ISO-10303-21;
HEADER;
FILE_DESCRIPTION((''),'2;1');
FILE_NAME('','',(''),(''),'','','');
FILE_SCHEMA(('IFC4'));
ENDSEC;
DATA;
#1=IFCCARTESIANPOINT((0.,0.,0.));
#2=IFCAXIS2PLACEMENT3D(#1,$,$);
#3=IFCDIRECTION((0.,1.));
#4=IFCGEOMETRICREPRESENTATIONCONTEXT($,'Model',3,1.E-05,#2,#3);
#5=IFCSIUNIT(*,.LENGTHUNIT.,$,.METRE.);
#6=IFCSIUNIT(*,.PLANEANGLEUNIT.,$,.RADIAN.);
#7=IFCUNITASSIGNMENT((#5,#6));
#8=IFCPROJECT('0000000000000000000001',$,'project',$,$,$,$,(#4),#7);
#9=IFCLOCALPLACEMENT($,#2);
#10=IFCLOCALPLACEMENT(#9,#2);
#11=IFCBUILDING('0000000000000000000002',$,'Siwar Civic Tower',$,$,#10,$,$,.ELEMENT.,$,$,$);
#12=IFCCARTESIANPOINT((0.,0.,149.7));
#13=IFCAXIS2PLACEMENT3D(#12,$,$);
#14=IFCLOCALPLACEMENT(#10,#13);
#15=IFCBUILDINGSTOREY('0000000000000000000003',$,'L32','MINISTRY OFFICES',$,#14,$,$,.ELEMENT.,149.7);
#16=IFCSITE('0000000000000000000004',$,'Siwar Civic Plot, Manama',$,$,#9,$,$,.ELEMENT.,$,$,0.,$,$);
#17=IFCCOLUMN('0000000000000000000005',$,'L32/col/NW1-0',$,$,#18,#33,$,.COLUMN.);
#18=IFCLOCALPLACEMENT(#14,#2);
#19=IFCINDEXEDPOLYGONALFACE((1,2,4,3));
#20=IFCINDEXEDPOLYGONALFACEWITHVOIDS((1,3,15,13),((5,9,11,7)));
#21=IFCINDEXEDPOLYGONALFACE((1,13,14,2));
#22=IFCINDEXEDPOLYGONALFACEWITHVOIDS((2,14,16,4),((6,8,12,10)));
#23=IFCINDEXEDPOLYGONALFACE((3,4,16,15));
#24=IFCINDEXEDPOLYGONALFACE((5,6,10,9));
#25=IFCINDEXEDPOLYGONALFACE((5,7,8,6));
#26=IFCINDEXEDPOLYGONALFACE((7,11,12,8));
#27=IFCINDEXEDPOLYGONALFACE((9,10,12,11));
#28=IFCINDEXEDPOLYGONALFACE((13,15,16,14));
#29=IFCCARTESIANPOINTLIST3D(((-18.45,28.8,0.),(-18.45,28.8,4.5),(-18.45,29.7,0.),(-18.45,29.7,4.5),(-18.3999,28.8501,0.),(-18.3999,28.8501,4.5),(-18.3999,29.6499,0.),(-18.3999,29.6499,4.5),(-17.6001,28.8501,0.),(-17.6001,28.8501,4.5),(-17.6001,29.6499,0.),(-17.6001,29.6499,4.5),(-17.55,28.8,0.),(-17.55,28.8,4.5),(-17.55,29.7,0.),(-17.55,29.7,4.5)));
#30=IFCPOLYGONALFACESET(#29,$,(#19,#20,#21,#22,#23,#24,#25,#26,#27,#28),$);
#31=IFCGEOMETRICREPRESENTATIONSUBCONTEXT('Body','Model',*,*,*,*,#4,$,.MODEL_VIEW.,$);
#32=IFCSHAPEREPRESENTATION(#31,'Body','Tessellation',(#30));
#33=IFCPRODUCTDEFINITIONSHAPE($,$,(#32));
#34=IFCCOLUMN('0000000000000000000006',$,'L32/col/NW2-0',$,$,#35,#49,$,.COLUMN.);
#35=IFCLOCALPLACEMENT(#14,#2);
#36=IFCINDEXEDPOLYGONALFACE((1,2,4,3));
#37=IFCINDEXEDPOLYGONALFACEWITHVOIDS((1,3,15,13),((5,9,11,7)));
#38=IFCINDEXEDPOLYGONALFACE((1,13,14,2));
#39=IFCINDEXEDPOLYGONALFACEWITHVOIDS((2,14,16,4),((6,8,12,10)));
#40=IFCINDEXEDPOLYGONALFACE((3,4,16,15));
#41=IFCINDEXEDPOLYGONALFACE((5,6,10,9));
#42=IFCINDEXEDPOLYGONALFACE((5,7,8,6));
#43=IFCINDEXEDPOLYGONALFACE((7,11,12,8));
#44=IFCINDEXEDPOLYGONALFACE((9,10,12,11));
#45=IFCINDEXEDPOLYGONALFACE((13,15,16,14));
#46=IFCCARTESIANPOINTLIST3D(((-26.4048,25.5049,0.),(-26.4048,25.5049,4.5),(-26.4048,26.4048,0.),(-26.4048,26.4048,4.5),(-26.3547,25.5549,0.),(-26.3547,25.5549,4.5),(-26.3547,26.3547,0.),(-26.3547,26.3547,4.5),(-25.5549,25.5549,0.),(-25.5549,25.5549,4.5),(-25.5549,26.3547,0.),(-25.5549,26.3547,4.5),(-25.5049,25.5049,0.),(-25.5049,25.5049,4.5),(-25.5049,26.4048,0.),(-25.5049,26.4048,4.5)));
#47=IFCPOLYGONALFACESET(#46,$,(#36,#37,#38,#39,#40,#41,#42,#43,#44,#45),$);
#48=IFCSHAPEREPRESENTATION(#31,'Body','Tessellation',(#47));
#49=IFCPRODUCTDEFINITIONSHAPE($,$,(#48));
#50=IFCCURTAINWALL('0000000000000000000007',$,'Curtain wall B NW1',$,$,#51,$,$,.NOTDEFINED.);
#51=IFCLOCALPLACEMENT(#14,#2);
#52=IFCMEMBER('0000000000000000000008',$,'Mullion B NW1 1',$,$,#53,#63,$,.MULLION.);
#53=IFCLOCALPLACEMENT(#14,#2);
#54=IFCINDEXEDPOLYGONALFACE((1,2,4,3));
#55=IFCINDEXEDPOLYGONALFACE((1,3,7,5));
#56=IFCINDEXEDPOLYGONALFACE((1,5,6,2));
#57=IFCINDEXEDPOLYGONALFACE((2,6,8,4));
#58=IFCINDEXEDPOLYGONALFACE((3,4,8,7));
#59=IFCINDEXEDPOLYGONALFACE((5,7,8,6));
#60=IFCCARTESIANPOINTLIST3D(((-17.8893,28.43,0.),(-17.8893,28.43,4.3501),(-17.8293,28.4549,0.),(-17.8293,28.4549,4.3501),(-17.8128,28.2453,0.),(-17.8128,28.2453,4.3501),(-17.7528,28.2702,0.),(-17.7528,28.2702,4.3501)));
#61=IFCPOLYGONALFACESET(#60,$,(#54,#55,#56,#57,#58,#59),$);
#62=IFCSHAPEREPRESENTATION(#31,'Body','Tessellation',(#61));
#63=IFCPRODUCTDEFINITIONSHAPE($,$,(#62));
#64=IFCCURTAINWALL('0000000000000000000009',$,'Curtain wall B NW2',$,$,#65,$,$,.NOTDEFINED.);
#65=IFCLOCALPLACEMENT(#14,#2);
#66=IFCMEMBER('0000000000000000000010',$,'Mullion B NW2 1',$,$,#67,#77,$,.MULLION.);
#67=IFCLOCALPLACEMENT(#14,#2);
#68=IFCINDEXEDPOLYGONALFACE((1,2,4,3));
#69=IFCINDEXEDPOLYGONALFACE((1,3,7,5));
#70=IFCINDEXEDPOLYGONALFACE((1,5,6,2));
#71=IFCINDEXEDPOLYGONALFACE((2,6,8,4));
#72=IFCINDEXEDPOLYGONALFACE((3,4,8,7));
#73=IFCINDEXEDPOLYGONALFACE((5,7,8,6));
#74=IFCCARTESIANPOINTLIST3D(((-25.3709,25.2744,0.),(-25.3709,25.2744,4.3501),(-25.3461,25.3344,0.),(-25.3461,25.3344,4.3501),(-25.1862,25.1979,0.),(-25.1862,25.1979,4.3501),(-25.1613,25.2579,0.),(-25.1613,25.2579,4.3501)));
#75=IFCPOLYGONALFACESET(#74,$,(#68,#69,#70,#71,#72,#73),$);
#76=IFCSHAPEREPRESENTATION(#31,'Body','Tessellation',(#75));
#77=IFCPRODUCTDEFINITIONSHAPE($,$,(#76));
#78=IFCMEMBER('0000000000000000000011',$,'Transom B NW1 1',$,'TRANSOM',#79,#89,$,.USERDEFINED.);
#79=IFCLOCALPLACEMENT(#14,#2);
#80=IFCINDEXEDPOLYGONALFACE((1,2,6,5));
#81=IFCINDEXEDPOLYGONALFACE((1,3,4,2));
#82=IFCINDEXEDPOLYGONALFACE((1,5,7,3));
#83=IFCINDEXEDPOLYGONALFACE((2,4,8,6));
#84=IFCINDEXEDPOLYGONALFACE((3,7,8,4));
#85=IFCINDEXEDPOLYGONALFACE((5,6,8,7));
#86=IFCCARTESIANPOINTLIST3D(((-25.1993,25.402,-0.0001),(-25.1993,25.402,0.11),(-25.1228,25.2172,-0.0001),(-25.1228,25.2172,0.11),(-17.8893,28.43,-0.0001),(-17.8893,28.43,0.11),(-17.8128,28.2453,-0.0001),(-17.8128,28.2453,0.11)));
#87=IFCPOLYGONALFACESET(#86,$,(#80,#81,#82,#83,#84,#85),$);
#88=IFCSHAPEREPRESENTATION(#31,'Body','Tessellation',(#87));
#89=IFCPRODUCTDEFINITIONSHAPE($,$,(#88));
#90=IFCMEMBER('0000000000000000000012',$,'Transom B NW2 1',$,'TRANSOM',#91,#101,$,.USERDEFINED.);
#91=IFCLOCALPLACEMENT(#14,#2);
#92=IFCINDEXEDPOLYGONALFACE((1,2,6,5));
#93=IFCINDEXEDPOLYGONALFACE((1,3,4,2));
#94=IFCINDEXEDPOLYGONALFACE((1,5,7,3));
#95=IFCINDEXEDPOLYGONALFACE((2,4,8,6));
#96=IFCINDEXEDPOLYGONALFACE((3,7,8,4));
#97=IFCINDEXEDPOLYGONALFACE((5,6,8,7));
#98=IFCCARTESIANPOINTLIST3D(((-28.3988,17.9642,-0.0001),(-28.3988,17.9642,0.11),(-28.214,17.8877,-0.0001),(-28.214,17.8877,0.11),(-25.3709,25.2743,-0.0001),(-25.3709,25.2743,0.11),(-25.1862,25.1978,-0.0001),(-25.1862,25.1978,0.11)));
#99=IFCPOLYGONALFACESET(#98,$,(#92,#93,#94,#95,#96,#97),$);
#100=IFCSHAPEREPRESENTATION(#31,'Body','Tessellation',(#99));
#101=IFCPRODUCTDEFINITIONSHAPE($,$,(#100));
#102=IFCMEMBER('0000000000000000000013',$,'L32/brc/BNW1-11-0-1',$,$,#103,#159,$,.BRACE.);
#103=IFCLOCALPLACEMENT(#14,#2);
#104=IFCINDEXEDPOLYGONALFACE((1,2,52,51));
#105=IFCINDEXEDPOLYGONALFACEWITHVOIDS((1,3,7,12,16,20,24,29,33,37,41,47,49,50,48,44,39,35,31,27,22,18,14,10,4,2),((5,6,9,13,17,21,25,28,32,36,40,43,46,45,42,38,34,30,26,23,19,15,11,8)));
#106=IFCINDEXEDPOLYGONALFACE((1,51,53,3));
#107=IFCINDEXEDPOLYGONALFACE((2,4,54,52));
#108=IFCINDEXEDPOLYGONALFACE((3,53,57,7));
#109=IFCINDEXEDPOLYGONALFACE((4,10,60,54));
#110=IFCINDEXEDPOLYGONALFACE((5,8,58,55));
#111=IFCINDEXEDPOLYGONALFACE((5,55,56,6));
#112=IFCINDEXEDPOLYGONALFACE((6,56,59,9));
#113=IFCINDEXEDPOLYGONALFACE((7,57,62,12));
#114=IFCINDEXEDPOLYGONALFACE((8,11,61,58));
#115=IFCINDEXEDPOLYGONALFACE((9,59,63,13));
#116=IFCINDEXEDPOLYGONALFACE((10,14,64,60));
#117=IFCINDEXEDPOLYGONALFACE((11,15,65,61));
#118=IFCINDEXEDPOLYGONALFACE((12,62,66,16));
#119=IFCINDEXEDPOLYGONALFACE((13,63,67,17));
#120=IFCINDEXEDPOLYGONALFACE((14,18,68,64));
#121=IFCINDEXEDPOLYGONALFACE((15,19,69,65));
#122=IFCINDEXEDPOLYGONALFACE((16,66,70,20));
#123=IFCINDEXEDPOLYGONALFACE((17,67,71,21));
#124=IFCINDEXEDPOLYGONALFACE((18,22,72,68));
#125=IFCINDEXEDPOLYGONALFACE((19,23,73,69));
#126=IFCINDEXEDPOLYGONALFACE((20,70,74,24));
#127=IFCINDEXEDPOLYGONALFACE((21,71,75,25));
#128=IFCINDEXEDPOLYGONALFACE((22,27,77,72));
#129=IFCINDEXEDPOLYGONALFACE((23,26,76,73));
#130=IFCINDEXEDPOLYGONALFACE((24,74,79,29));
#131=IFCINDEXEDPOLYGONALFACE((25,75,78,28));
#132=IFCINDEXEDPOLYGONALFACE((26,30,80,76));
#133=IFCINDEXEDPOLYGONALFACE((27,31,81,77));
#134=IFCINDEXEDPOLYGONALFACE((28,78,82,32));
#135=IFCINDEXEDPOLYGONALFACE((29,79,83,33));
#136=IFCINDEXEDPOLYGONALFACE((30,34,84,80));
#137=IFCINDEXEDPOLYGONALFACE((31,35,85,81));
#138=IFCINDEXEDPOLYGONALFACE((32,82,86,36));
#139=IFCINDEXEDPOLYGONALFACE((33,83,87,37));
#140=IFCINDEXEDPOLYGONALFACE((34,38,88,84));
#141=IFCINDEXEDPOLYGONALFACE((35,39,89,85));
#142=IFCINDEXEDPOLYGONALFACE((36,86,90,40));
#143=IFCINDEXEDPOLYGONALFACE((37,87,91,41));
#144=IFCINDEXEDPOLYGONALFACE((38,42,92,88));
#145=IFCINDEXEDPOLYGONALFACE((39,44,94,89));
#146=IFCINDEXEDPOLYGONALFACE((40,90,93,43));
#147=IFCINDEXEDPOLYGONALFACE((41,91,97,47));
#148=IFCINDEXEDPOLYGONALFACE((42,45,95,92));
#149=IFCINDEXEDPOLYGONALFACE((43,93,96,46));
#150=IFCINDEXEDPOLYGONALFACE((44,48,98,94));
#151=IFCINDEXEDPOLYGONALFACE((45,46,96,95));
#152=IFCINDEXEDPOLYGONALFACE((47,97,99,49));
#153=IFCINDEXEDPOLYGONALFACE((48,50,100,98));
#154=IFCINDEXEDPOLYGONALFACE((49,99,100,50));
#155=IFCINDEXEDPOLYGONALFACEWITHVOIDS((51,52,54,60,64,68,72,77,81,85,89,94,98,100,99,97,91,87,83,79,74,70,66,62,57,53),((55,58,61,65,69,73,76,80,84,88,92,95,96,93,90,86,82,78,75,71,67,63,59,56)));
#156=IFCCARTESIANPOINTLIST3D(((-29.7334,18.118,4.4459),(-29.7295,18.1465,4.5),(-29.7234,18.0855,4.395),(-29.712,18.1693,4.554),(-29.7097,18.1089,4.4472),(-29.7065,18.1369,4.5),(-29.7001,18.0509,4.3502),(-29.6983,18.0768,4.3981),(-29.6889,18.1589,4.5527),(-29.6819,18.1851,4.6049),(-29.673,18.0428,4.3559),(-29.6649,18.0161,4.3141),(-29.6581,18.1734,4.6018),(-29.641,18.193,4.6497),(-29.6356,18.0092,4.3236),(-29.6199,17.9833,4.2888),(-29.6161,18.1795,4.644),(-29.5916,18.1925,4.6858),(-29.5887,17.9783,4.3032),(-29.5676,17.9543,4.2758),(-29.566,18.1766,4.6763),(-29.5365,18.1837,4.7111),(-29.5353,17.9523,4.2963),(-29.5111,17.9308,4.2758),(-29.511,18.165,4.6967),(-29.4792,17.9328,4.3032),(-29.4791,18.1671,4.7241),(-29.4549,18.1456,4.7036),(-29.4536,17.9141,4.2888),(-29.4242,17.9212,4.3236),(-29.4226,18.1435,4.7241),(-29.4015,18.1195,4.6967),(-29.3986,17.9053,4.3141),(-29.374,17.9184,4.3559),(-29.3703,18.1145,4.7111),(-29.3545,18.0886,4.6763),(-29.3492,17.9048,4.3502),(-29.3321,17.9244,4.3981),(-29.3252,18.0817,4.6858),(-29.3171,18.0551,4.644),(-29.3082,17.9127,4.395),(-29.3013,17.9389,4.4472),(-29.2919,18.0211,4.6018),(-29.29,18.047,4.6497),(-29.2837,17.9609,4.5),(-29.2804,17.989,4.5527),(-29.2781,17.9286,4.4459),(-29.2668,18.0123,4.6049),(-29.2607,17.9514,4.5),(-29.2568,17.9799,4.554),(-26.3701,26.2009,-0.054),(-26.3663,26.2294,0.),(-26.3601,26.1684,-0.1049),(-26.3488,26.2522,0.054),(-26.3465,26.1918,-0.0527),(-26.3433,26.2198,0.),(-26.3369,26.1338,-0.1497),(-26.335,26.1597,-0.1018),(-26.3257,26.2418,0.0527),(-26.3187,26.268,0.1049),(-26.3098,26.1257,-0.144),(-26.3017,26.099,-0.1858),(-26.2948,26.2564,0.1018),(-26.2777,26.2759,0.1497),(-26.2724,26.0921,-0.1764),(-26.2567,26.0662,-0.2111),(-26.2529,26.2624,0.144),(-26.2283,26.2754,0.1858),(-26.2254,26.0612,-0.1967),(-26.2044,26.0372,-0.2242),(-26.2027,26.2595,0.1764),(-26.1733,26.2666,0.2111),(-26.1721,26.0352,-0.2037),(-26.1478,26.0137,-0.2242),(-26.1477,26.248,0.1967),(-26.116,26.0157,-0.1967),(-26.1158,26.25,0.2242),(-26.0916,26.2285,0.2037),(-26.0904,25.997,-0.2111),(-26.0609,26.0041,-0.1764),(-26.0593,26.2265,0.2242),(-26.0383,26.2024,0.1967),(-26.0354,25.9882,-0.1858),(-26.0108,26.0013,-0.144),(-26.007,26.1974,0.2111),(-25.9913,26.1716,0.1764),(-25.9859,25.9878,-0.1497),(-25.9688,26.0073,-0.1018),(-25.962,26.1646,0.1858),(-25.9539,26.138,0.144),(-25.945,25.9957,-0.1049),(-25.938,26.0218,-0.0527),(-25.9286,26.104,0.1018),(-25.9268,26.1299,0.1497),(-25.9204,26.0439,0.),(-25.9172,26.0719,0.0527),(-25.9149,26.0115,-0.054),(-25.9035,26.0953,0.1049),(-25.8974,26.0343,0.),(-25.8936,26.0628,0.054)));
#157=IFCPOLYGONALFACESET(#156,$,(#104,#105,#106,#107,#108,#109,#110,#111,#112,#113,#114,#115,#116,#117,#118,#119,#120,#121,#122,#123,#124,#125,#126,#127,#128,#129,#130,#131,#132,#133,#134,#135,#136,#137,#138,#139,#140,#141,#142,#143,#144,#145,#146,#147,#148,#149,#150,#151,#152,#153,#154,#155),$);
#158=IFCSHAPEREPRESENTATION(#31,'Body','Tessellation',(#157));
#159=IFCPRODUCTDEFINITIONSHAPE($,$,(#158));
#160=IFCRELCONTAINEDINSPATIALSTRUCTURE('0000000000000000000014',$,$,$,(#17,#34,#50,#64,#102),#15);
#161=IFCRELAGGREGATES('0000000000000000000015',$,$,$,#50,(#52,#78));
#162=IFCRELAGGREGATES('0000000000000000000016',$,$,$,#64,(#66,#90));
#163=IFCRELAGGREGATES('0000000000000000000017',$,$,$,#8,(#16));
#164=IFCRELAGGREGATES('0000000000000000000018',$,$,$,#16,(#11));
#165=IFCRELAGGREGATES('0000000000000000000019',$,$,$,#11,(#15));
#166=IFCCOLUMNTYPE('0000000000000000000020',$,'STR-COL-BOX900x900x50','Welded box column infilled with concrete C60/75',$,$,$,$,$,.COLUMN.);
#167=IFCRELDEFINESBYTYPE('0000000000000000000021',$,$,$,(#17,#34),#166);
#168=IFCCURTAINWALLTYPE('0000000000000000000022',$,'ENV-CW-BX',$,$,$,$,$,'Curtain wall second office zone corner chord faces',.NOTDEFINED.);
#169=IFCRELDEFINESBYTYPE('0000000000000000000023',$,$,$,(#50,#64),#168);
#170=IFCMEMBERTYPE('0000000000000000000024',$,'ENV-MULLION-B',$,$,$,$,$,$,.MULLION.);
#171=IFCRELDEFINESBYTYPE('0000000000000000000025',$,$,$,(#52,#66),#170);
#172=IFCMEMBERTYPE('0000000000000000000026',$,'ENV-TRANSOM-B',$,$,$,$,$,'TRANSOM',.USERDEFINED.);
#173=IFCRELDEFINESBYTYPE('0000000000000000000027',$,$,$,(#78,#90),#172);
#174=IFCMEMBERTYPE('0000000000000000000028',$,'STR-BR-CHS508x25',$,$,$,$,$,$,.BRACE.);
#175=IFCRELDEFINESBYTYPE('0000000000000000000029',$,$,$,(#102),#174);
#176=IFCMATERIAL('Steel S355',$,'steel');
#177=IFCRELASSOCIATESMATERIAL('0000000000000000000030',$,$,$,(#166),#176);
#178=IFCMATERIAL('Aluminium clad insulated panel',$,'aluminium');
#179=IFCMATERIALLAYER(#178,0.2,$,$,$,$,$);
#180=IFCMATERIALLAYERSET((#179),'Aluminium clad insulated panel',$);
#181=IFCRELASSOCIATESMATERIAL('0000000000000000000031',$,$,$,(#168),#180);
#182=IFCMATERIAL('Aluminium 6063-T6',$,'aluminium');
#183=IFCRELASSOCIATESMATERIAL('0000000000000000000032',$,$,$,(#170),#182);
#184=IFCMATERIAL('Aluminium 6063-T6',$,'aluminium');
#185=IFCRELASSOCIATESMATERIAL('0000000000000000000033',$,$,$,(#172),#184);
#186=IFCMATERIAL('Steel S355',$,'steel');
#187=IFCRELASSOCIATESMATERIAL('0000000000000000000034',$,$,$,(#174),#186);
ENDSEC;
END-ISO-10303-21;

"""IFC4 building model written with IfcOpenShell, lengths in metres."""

from ifc_helpers import new_model, si_unit, direction, frame, origin, origin_2d, place, context, subcontext, project, spatial, rectangle, hollow_rectangle, hollow_circle, extrude, material, layer, layer_set, material_profile, profile_set, type_object, element, aggregate, save


model = new_model("IFC4")

# Units and contexts
model_context = context("Model", 3, precision=1e-05, world=origin(), true_north=direction((0.0, 1.0)))
body_context = subcontext(model_context, "Body", "Model", "MODEL_VIEW")
ifc_project = project(units=[si_unit("LENGTHUNIT", "METRE"), si_unit("PLANEANGLEUNIT", "RADIAN")], contexts=[model_context])

# Site, building, storey
site_placement = place(None, origin())
site = spatial("IfcSite", under=ifc_project, at=site_placement, Name="Siwar Civic Plot, Manama", CompositionType="ELEMENT", RefElevation=0.0)
building_placement = place(site_placement, origin())
building = spatial("IfcBuilding", under=site, at=building_placement, Name="Siwar Civic Tower", CompositionType="ELEMENT")
storey_placement = place(building_placement, frame((0.0, 0.0, 149.7)))
storey = spatial("IfcBuildingStorey", under=building, at=storey_placement, Name="L32", Description="MINISTRY OFFICES", CompositionType="ELEMENT", Elevation=149.7)

# Columns
ifc_material_1 = material(Name="Steel S355", Category="steel")
ifc_material_profile_1 = material_profile(ifc_material_1, hollow_rectangle(XDim=0.8999, YDim=0.8999, WallThickness=0.05, at=origin_2d()), Name="BOX900x900x50")
ifc_profile_set_1 = profile_set([ifc_material_profile_1], Name="Steel S355")
column_type = type_object("IfcColumnType", Name="STR-COL-BOX900x900x50", Description="Welded box column infilled with concrete C60/75", PredefinedType="COLUMN", material=ifc_profile_set_1)
for number, where, z_axis, x_axis, name in (
    (1, (-18.0, 29.25, 0.0), (0.0, 0.0, 1.0), (1.0, 0.0, 0.0), "L32/col/NW1-0"),
    (2, (-25.9548, 25.9548, 0.0), (0.0, 0.0, 1.0), (1.0, 0.0, 0.0), "L32/col/NW2-0"),
):
    element("IfcColumn", number, at=place(storey_placement, frame(where, z_axis=z_axis, x_axis=x_axis)), inside=storey, type_object=column_type, Name=name, PredefinedType="COLUMN", context=body_context, shape_type="SweptSolid", body=[
        extrude(hollow_rectangle(XDim=0.8999, YDim=0.8999, WallThickness=0.05, at=origin_2d()), origin(), (0.0, 0.0, 1.0), 4.5),
    ])

# Curtain walls, members
ifc_material_2 = material(Name="Aluminium clad insulated panel", Category="aluminium")
ifc_layer_1 = layer(ifc_material_2, 0.2)
ifc_layer_set_1 = layer_set([ifc_layer_1], Name="Aluminium clad insulated panel")
curtain_wall_type = type_object("IfcCurtainWallType", Name="ENV-CW-BX", ElementType="Curtain wall second office zone corner chord faces", PredefinedType="NOTDEFINED", material=ifc_layer_set_1)
curtain_wall_1_placement = place(storey_placement, origin())
curtain_wall_1 = element("IfcCurtainWall", 3, at=curtain_wall_1_placement, inside=storey, type_object=curtain_wall_type, Name="Curtain wall B NW1", PredefinedType="NOTDEFINED")
ifc_material_3 = material(Name="Aluminium 6063-T6", Category="aluminium")
ifc_material_profile_2 = material_profile(ifc_material_3, rectangle(XDim=0.2, YDim=0.0649, at=origin_2d()), Name="AL 200x65")
ifc_profile_set_2 = profile_set([ifc_material_profile_2], Name="Aluminium 6063-T6")
member_type_1 = type_object("IfcMemberType", Name="ENV-MULLION-B", PredefinedType="MULLION", material=ifc_profile_set_2)
member_1_placement = place(storey_placement, frame((-17.821, 28.3501, 0.0), z_axis=(0.0, 0.0, 1.0), x_axis=(0.382683, -0.92388, 0.0)))
member_1 = element("IfcMember", 4, at=member_1_placement, type_object=member_type_1, Name="Mullion B NW1 1", PredefinedType="MULLION", context=body_context, shape_type="SweptSolid", body=[
    extrude(rectangle(XDim=0.2, YDim=0.0649, at=origin_2d()), origin(), (0.0, 0.0, 1.0), 4.3501),
])
curtain_wall_2_placement = place(storey_placement, origin())
curtain_wall_2 = element("IfcCurtainWall", 5, at=curtain_wall_2_placement, inside=storey, type_object=curtain_wall_type, Name="Curtain wall B NW2", PredefinedType="NOTDEFINED")
member_2_placement = place(storey_placement, frame((-25.2661, 25.2661, 0.0), z_axis=(0.0, 0.0, 1.0), x_axis=(0.92388, -0.382683, 0.0)))
member_2 = element("IfcMember", 6, at=member_2_placement, type_object=member_type_1, Name="Mullion B NW2 1", PredefinedType="MULLION", context=body_context, shape_type="SweptSolid", body=[
    extrude(rectangle(XDim=0.2, YDim=0.0649, at=origin_2d()), origin(), (0.0, 0.0, 1.0), 4.3501),
])

# Members
ifc_material_4 = material(Name="Aluminium 6063-T6", Category="aluminium")
ifc_material_profile_3 = material_profile(ifc_material_4, rectangle(XDim=0.2, YDim=0.1101, at=origin_2d()), Name="AL 200x110")
ifc_profile_set_3 = profile_set([ifc_material_profile_3], Name="Aluminium 6063-T6")
member_type_2 = type_object("IfcMemberType", Name="ENV-TRANSOM-B", ElementType="TRANSOM", PredefinedType="USERDEFINED", material=ifc_profile_set_3)
member_3_placement = place(storey_placement, frame((-17.8511, 28.3376, 0.0549), z_axis=(-0.923873, -0.3827, 0.0), x_axis=(0.3827, -0.923873, 0.0)))
member_3 = element("IfcMember", 7, at=member_3_placement, type_object=member_type_2, Name="Transom B NW1 1", ObjectType="TRANSOM", PredefinedType="USERDEFINED", context=body_context, shape_type="SweptSolid", body=[
    extrude(rectangle(XDim=0.2, YDim=0.1101, at=origin_2d()), origin(), (0.0, 0.0, 1.0), 7.9124),
])
member_4_placement = place(storey_placement, frame((-25.2786, 25.2361, 0.0549), z_axis=(-0.382673, -0.923884, 0.0), x_axis=(0.923884, -0.382673, 0.0)))
member_4 = element("IfcMember", 8, at=member_4_placement, type_object=member_type_2, Name="Transom B NW2 1", ObjectType="TRANSOM", PredefinedType="USERDEFINED", context=body_context, shape_type="SweptSolid", body=[
    extrude(rectangle(XDim=0.2, YDim=0.1101, at=origin_2d()), origin(), (0.0, 0.0, 1.0), 7.9124),
])

# Member
ifc_material_5 = material(Name="Steel S355", Category="steel")
ifc_material_profile_4 = material_profile(ifc_material_5, hollow_circle(Radius=0.2539, WallThickness=0.0249, at=origin_2d()), Name="CHS508x25")
ifc_profile_set_4 = profile_set([ifc_material_profile_4], Name="Steel S355")
member_type_3 = type_object("IfcMemberType", Name="STR-BR-CHS508x25", PredefinedType="BRACE", material=ifc_profile_set_4)
member_5_placement = place(storey_placement, frame((-26.1318, 26.1318, 0.0), z_axis=(-0.341671, -0.821143, 0.457149), x_axis=(0.923265, -0.384164, 0.0)))
element("IfcMember", 9, at=member_5_placement, inside=storey, type_object=member_type_3, Name="L32/brc/BNW1-11-0-1", PredefinedType="BRACE", context=body_context, shape_type="SweptSolid", body=[
    extrude(hollow_circle(Radius=0.2539, WallThickness=0.0249, at=origin_2d()), origin(), (0.0, 0.0, 1.0), 9.8435),
])

aggregate(curtain_wall_1, [member_1, member_3])
aggregate(curtain_wall_2, [member_2, member_4])

save(model, "model.ifc")
